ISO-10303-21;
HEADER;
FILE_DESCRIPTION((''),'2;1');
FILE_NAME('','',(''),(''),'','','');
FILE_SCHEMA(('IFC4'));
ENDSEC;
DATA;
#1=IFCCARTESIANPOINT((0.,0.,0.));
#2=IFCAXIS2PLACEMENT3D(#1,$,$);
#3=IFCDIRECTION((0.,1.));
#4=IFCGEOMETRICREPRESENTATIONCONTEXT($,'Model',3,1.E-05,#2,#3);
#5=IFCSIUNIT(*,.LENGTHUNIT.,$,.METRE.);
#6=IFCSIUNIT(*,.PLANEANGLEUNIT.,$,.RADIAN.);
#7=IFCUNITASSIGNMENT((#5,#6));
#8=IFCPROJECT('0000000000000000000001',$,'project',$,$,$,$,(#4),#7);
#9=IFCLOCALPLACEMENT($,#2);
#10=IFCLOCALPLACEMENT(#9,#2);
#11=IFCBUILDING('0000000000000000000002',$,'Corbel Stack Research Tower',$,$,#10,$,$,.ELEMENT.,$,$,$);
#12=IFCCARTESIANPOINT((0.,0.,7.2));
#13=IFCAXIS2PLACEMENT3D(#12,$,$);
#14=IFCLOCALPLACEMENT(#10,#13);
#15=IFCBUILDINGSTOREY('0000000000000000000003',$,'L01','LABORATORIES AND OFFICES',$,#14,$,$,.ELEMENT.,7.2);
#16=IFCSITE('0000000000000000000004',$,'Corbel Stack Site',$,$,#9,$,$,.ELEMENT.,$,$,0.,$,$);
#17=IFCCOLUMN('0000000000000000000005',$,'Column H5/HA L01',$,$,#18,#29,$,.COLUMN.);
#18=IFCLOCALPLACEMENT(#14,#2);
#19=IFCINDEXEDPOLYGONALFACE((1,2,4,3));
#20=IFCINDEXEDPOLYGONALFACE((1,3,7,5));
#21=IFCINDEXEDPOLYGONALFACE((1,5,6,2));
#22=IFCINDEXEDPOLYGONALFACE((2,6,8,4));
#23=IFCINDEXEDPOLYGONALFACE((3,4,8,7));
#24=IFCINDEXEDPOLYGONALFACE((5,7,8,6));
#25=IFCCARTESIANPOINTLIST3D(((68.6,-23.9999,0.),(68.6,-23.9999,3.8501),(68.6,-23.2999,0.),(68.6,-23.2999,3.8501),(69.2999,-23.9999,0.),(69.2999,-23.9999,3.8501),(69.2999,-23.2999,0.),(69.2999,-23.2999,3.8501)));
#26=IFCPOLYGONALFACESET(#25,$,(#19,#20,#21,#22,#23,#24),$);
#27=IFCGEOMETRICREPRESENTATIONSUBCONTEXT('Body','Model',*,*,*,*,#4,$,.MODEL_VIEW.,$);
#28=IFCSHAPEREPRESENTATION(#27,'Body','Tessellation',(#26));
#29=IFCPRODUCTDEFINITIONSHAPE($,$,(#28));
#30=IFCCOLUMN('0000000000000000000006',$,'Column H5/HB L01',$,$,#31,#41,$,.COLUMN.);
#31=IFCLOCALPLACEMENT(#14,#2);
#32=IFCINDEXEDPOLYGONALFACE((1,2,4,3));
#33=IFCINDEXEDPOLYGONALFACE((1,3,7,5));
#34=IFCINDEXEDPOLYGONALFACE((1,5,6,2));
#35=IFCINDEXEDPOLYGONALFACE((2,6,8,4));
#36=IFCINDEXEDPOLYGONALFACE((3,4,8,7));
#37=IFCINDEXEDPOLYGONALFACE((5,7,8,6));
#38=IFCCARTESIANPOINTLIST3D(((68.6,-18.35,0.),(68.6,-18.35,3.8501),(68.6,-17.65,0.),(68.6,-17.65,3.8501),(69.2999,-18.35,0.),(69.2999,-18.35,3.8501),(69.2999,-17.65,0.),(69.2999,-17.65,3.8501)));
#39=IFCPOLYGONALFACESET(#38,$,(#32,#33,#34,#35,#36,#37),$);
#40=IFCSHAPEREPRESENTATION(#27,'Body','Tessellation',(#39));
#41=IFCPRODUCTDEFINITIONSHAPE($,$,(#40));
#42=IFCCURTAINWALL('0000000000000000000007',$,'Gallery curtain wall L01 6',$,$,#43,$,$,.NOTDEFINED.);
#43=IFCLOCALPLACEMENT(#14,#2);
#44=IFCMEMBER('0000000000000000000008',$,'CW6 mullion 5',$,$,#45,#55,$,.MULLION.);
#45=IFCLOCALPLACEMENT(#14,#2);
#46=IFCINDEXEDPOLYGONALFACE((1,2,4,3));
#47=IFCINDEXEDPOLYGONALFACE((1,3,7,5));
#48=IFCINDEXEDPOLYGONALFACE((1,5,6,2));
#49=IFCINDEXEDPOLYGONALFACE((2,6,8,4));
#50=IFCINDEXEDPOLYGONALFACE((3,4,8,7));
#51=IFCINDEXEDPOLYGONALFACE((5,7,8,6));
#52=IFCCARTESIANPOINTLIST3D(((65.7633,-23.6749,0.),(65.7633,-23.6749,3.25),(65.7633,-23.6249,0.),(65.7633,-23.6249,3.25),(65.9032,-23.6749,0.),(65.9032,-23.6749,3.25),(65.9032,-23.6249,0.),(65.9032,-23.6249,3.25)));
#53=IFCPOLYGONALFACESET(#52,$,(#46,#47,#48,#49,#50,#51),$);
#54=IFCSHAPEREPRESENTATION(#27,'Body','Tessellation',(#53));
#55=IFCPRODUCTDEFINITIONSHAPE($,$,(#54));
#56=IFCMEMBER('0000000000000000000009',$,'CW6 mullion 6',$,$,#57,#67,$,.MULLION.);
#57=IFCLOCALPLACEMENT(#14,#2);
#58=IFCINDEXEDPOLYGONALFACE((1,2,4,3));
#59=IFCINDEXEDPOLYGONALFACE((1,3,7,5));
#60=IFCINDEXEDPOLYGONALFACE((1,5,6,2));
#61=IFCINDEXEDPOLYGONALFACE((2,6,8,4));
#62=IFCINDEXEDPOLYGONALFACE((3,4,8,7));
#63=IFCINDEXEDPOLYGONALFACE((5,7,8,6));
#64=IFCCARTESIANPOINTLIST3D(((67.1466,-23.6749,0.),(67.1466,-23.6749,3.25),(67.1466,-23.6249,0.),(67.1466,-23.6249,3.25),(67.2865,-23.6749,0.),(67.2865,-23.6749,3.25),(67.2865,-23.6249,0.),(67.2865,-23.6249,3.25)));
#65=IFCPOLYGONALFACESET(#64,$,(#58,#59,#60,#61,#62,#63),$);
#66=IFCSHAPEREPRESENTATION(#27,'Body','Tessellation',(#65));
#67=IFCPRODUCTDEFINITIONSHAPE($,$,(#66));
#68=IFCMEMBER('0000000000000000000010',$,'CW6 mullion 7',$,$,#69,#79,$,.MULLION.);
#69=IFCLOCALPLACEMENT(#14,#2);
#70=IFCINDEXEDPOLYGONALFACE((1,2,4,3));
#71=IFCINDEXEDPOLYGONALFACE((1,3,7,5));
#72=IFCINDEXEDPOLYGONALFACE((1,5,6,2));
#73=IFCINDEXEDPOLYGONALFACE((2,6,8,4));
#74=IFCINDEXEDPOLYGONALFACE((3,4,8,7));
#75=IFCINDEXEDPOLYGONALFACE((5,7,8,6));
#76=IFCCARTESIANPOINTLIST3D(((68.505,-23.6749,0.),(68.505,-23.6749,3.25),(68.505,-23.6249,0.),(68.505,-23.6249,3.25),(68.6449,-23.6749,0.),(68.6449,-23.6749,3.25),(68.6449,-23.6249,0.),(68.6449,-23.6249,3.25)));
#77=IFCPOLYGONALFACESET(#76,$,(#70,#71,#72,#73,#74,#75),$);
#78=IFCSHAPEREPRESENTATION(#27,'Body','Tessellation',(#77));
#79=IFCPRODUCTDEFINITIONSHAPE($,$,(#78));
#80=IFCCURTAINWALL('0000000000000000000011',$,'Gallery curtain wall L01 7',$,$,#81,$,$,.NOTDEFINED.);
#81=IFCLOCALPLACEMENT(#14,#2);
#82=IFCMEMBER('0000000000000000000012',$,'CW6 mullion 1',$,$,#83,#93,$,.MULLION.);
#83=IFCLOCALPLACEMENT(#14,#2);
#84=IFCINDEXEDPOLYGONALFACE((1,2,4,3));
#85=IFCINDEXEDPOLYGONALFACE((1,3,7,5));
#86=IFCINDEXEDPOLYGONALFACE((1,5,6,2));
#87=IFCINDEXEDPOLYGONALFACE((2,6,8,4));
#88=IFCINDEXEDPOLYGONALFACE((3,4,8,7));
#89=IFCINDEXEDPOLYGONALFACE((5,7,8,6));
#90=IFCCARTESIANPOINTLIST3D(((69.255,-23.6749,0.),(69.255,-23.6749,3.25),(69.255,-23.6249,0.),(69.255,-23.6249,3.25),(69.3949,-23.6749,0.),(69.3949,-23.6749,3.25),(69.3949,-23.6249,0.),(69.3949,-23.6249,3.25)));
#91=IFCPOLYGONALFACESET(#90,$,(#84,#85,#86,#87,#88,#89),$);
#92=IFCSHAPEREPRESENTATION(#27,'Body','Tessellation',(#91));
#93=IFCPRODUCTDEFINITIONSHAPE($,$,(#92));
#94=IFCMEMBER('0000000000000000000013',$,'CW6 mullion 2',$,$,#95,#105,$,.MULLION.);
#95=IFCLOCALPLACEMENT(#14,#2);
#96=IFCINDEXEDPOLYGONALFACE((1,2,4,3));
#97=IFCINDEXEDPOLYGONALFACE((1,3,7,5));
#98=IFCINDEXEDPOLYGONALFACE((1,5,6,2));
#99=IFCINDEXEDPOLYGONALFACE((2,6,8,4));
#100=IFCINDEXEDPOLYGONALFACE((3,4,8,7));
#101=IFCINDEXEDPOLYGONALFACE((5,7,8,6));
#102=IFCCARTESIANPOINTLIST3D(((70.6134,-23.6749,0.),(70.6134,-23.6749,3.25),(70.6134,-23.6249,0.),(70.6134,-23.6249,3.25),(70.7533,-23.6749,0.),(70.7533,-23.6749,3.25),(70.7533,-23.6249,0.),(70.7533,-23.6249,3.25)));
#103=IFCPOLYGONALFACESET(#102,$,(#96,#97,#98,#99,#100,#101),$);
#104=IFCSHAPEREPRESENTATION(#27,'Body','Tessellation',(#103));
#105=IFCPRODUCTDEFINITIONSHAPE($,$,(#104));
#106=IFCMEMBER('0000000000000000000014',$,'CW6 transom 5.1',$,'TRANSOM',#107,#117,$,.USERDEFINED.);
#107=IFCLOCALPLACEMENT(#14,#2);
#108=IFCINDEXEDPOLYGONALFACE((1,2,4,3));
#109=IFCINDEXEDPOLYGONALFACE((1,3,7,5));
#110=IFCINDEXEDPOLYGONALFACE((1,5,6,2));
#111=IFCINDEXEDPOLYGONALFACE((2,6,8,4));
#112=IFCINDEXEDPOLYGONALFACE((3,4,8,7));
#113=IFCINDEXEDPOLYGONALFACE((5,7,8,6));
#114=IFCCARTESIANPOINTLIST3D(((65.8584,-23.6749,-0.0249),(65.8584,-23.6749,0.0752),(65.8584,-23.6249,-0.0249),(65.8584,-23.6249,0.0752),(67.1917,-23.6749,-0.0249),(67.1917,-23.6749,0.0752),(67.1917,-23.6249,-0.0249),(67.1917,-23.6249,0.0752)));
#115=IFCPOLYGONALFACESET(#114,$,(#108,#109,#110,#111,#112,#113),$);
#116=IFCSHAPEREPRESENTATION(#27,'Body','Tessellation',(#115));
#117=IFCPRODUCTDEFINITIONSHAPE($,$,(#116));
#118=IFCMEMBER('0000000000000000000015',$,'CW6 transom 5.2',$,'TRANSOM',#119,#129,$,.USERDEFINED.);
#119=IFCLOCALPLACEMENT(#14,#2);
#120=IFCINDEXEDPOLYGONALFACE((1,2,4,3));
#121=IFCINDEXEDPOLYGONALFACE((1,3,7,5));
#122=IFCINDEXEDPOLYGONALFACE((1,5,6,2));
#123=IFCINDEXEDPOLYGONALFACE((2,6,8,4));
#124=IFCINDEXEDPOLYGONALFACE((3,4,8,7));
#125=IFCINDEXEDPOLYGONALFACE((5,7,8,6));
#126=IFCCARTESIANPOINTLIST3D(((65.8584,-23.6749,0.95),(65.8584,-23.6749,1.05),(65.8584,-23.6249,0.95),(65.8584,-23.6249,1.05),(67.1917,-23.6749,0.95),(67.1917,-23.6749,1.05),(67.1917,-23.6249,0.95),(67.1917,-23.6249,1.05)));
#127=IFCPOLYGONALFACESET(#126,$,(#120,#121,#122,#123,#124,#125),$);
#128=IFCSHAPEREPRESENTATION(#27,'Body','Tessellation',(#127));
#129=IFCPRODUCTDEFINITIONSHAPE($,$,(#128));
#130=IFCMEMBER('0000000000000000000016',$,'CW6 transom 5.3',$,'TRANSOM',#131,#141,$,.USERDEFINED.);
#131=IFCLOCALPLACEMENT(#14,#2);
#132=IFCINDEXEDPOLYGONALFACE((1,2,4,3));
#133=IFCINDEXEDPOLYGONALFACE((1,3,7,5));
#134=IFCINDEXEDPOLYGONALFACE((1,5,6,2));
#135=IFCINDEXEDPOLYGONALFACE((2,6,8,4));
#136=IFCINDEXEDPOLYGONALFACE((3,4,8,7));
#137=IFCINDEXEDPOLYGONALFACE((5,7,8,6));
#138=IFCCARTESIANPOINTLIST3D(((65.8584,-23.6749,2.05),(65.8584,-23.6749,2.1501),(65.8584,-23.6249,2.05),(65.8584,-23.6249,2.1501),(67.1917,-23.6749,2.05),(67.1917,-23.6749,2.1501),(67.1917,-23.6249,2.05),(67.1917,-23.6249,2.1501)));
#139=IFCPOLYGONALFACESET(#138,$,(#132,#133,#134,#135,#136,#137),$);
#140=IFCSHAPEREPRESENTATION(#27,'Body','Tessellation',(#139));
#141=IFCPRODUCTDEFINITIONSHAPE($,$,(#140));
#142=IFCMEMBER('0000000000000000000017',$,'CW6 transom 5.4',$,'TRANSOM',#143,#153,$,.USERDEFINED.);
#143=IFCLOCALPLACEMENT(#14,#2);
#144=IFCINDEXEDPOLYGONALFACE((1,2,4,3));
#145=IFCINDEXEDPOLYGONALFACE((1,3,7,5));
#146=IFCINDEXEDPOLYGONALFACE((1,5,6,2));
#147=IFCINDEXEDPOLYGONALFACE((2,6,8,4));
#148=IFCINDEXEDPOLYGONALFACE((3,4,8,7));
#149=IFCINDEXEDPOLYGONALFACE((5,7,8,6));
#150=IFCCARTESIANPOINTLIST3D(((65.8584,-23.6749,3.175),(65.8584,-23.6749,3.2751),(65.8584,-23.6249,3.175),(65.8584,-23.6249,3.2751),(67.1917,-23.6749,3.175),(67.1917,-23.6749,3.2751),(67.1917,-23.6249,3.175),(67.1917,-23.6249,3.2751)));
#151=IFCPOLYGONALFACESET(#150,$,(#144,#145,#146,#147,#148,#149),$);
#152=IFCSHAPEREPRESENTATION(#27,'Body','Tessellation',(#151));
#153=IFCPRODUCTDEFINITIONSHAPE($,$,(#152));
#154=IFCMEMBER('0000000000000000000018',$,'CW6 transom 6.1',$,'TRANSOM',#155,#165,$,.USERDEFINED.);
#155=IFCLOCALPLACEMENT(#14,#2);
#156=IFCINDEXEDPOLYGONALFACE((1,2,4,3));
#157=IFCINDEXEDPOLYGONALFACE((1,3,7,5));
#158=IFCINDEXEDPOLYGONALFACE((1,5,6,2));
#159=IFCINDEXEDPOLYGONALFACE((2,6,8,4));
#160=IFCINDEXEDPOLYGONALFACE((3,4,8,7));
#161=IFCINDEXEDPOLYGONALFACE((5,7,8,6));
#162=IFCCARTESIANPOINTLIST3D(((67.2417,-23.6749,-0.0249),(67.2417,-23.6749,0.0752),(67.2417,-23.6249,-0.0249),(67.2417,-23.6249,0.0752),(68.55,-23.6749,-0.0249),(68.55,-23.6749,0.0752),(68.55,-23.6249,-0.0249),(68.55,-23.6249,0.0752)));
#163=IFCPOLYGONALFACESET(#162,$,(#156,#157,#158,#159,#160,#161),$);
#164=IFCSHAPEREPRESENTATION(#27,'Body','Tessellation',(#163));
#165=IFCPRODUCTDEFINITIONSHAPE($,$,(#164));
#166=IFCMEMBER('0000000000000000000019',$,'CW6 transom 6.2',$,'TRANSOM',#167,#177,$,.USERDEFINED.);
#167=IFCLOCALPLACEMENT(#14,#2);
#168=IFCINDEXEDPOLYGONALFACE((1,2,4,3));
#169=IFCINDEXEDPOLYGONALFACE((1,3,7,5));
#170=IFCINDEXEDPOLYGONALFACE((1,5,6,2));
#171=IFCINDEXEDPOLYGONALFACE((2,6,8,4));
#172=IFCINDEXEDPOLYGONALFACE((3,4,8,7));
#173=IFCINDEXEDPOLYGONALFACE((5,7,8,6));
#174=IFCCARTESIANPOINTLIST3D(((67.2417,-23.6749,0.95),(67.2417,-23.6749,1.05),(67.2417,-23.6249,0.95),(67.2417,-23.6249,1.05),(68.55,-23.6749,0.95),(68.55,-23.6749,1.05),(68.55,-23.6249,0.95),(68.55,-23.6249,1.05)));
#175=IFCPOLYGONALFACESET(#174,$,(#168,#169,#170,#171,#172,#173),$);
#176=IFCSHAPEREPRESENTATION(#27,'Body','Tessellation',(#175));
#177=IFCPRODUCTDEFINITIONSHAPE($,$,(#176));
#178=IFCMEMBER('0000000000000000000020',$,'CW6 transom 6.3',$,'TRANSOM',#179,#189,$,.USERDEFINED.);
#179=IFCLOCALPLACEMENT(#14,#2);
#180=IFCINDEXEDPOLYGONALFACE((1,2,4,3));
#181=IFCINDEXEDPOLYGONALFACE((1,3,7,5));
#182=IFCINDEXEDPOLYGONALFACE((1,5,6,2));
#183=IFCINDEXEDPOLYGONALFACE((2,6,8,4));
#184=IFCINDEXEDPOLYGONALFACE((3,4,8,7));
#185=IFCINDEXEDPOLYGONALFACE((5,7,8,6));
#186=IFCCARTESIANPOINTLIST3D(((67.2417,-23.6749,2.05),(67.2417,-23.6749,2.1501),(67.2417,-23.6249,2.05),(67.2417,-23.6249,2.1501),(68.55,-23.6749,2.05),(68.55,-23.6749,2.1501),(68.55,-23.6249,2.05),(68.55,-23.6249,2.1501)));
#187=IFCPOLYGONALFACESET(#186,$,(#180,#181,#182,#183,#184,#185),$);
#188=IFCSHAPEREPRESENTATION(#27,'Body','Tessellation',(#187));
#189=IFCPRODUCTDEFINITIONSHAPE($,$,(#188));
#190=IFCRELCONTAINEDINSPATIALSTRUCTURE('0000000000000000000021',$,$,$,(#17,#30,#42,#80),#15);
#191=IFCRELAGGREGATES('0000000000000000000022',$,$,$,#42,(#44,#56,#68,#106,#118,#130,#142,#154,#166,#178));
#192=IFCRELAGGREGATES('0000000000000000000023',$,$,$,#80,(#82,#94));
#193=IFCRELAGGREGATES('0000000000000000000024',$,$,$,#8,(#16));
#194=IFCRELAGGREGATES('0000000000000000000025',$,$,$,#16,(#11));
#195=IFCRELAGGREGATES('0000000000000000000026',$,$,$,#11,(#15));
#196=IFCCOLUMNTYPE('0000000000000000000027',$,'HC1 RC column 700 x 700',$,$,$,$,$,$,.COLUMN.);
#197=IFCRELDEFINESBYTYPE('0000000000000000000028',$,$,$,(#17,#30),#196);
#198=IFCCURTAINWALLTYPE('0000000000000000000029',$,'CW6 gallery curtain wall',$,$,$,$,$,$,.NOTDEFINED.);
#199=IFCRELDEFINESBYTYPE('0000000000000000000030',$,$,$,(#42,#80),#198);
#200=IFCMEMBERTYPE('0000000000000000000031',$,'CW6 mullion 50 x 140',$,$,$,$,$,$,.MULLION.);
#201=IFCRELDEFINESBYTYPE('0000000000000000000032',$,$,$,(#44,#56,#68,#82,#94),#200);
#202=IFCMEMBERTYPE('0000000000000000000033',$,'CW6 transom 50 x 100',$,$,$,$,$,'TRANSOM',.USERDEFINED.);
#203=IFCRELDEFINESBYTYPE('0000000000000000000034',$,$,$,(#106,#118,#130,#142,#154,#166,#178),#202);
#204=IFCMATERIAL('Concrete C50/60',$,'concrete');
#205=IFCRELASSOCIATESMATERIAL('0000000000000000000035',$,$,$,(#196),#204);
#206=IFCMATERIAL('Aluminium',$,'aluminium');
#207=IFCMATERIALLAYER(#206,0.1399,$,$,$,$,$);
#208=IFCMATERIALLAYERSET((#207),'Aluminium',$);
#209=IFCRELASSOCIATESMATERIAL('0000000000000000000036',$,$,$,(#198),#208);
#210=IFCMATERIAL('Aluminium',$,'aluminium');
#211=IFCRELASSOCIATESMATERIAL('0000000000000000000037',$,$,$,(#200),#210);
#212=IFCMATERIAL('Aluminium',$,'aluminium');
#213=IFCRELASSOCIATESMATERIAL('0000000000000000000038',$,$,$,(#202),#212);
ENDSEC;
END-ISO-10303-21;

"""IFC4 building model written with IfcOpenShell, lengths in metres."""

from ifc_helpers import new_model, si_unit, direction, frame, origin, origin_2d, place, context, subcontext, project, spatial, rectangle, extrude, material, layer, layer_set, material_profile, profile_set, type_object, element, aggregate, save


model = new_model("IFC4")

# Units and contexts
model_context = context("Model", 3, precision=1e-05, world=origin(), true_north=direction((0.0, 1.0)))
body_context = subcontext(model_context, "Body", "Model", "MODEL_VIEW")
ifc_project = project(units=[si_unit("LENGTHUNIT", "METRE"), si_unit("PLANEANGLEUNIT", "RADIAN")], contexts=[model_context])

# Site, building, storey
site_placement = place(None, origin())
site = spatial("IfcSite", under=ifc_project, at=site_placement, Name="Corbel Stack Site", CompositionType="ELEMENT", RefElevation=0.0)
building_placement = place(site_placement, origin())
building = spatial("IfcBuilding", under=site, at=building_placement, Name="Corbel Stack Research Tower", CompositionType="ELEMENT")
storey_placement = place(building_placement, frame((0.0, 0.0, 7.2)))
storey = spatial("IfcBuildingStorey", under=building, at=storey_placement, Name="L01", Description="LABORATORIES AND OFFICES", CompositionType="ELEMENT", Elevation=7.2)

# Columns
ifc_material_1 = material(Name="Concrete C50/60", Category="concrete")
ifc_material_profile_1 = material_profile(ifc_material_1, rectangle(XDim=0.7, YDim=0.7, at=origin_2d()), Name="RC 700 x 700")
ifc_profile_set_1 = profile_set([ifc_material_profile_1], Name="Concrete C50/60")
column_type = type_object("IfcColumnType", Name="HC1 RC column 700 x 700", PredefinedType="COLUMN", material=ifc_profile_set_1)
for number, where, z_axis, x_axis, name in (
    (1, (68.95, -23.6499, 0.0), (0.0, 0.0, 1.0), (1.0, 0.0, 0.0), "Column H5/HA L01"),
    (2, (68.95, -18.0, 0.0), (0.0, 0.0, 1.0), (1.0, 0.0, 0.0), "Column H5/HB L01"),
):
    element("IfcColumn", number, at=place(storey_placement, frame(where, z_axis=z_axis, x_axis=x_axis)), inside=storey, type_object=column_type, Name=name, PredefinedType="COLUMN", context=body_context, shape_type="SweptSolid", body=[
        extrude(rectangle(XDim=0.7, YDim=0.7, at=origin_2d()), origin(), (0.0, 0.0, 1.0), 3.8501),
    ])

# Curtain walls, members
ifc_material_2 = material(Name="Aluminium", Category="aluminium")
ifc_layer_1 = layer(ifc_material_2, 0.1399)
ifc_layer_set_1 = layer_set([ifc_layer_1], Name="Aluminium")
curtain_wall_type = type_object("IfcCurtainWallType", Name="CW6 gallery curtain wall", PredefinedType="NOTDEFINED", material=ifc_layer_set_1)
curtain_wall_1_placement = place(storey_placement, origin())
curtain_wall_1 = element("IfcCurtainWall", 3, at=curtain_wall_1_placement, inside=storey, type_object=curtain_wall_type, Name="Gallery curtain wall L01 6", PredefinedType="NOTDEFINED")
ifc_material_3 = material(Name="Aluminium", Category="aluminium")
ifc_material_profile_2 = material_profile(ifc_material_3, rectangle(XDim=0.05, YDim=0.1399, at=origin_2d()), Name="Mullion 50 x 140")
ifc_profile_set_2 = profile_set([ifc_material_profile_2], Name="Aluminium")
member_type_1 = type_object("IfcMemberType", Name="CW6 mullion 50 x 140", PredefinedType="MULLION", material=ifc_profile_set_2)
member_1_placement = place(storey_placement, frame((65.8333, -23.6499, 0.0), z_axis=(0.0, 0.0, 1.0), x_axis=(0.0, 1.0, 0.0)))
member_1 = element("IfcMember", 4, at=member_1_placement, type_object=member_type_1, Name="CW6 mullion 5", PredefinedType="MULLION", context=body_context, shape_type="SweptSolid", body=[
    extrude(rectangle(XDim=0.05, YDim=0.1399, at=origin_2d()), origin(), (0.0, 0.0, 1.0), 3.25),
])
member_2_placement = place(storey_placement, frame((67.2166, -23.6499, 0.0), z_axis=(0.0, 0.0, 1.0), x_axis=(0.0, 1.0, 0.0)))
member_2 = element("IfcMember", 5, at=member_2_placement, type_object=member_type_1, Name="CW6 mullion 6", PredefinedType="MULLION", context=body_context, shape_type="SweptSolid", body=[
    extrude(rectangle(XDim=0.05, YDim=0.1399, at=origin_2d()), origin(), (0.0, 0.0, 1.0), 3.25),
])
member_3_placement = place(storey_placement, frame((68.575, -23.6499, 0.0), z_axis=(0.0, 0.0, 1.0), x_axis=(0.0, 1.0, 0.0)))
member_3 = element("IfcMember", 6, at=member_3_placement, type_object=member_type_1, Name="CW6 mullion 7", PredefinedType="MULLION", context=body_context, shape_type="SweptSolid", body=[
    extrude(rectangle(XDim=0.05, YDim=0.1399, at=origin_2d()), origin(), (0.0, 0.0, 1.0), 3.25),
])
curtain_wall_2_placement = place(storey_placement, origin())
curtain_wall_2 = element("IfcCurtainWall", 7, at=curtain_wall_2_placement, inside=storey, type_object=curtain_wall_type, Name="Gallery curtain wall L01 7", PredefinedType="NOTDEFINED")
member_4_placement = place(storey_placement, frame((69.325, -23.6499, 0.0), z_axis=(0.0, 0.0, 1.0), x_axis=(0.0, 1.0, 0.0)))
member_4 = element("IfcMember", 8, at=member_4_placement, type_object=member_type_1, Name="CW6 mullion 1", PredefinedType="MULLION", context=body_context, shape_type="SweptSolid", body=[
    extrude(rectangle(XDim=0.05, YDim=0.1399, at=origin_2d()), origin(), (0.0, 0.0, 1.0), 3.25),
])
member_5_placement = place(storey_placement, frame((70.6833, -23.6499, 0.0), z_axis=(0.0, 0.0, 1.0), x_axis=(0.0, 1.0, 0.0)))
member_5 = element("IfcMember", 9, at=member_5_placement, type_object=member_type_1, Name="CW6 mullion 2", PredefinedType="MULLION", context=body_context, shape_type="SweptSolid", body=[
    extrude(rectangle(XDim=0.05, YDim=0.1399, at=origin_2d()), origin(), (0.0, 0.0, 1.0), 3.25),
])

# Members
ifc_material_4 = material(Name="Aluminium", Category="aluminium")
ifc_material_profile_3 = material_profile(ifc_material_4, rectangle(XDim=0.05, YDim=0.1001, at=origin_2d()), Name="Transom 50 x 100")
ifc_profile_set_3 = profile_set([ifc_material_profile_3], Name="Aluminium")
member_type_2 = type_object("IfcMemberType", Name="CW6 transom 50 x 100", ElementType="TRANSOM", PredefinedType="USERDEFINED", material=ifc_profile_set_3)
member_6_placement = place(storey_placement, frame((65.8584, -23.6499, 0.0251), z_axis=(1.0, 0.0, 0.0), x_axis=(0.0, 1.0, 0.0)))
member_6 = element("IfcMember", 10, at=member_6_placement, type_object=member_type_2, Name="CW6 transom 5.1", ObjectType="TRANSOM", PredefinedType="USERDEFINED", context=body_context, shape_type="SweptSolid", body=[
    extrude(rectangle(XDim=0.05, YDim=0.1001, at=origin_2d()), origin(), (0.0, 0.0, 1.0), 1.3333),
])
member_7_placement = place(storey_placement, frame((65.8584, -23.6499, 1.0), z_axis=(1.0, 0.0, 0.0), x_axis=(0.0, 1.0, 0.0)))
member_7 = element("IfcMember", 11, at=member_7_placement, type_object=member_type_2, Name="CW6 transom 5.2", ObjectType="TRANSOM", PredefinedType="USERDEFINED", context=body_context, shape_type="SweptSolid", body=[
    extrude(rectangle(XDim=0.05, YDim=0.1001, at=origin_2d()), origin(), (0.0, 0.0, 1.0), 1.3333),
])
member_8_placement = place(storey_placement, frame((65.8584, -23.6499, 2.1001), z_axis=(1.0, 0.0, 0.0), x_axis=(0.0, 1.0, 0.0)))
member_8 = element("IfcMember", 12, at=member_8_placement, type_object=member_type_2, Name="CW6 transom 5.3", ObjectType="TRANSOM", PredefinedType="USERDEFINED", context=body_context, shape_type="SweptSolid", body=[
    extrude(rectangle(XDim=0.05, YDim=0.1001, at=origin_2d()), origin(), (0.0, 0.0, 1.0), 1.3333),
])
member_9_placement = place(storey_placement, frame((65.8584, -23.6499, 3.2251), z_axis=(1.0, 0.0, 0.0), x_axis=(0.0, 1.0, 0.0)))
member_9 = element("IfcMember", 13, at=member_9_placement, type_object=member_type_2, Name="CW6 transom 5.4", ObjectType="TRANSOM", PredefinedType="USERDEFINED", context=body_context, shape_type="SweptSolid", body=[
    extrude(rectangle(XDim=0.05, YDim=0.1001, at=origin_2d()), origin(), (0.0, 0.0, 1.0), 1.3333),
])
member_10_placement = place(storey_placement, frame((67.2417, -23.6499, 0.0251), z_axis=(1.0, 0.0, 0.0), x_axis=(0.0, 1.0, 0.0)))
member_10 = element("IfcMember", 14, at=member_10_placement, type_object=member_type_2, Name="CW6 transom 6.1", ObjectType="TRANSOM", PredefinedType="USERDEFINED", context=body_context, shape_type="SweptSolid", body=[
    extrude(rectangle(XDim=0.05, YDim=0.1001, at=origin_2d()), origin(), (0.0, 0.0, 1.0), 1.3083),
])
member_11_placement = place(storey_placement, frame((67.2417, -23.6499, 1.0), z_axis=(1.0, 0.0, 0.0), x_axis=(0.0, 1.0, 0.0)))
member_11 = element("IfcMember", 15, at=member_11_placement, type_object=member_type_2, Name="CW6 transom 6.2", ObjectType="TRANSOM", PredefinedType="USERDEFINED", context=body_context, shape_type="SweptSolid", body=[
    extrude(rectangle(XDim=0.05, YDim=0.1001, at=origin_2d()), origin(), (0.0, 0.0, 1.0), 1.3083),
])
member_12_placement = place(storey_placement, frame((67.2417, -23.6499, 2.1001), z_axis=(1.0, 0.0, 0.0), x_axis=(0.0, 1.0, 0.0)))
member_12 = element("IfcMember", 16, at=member_12_placement, type_object=member_type_2, Name="CW6 transom 6.3", ObjectType="TRANSOM", PredefinedType="USERDEFINED", context=body_context, shape_type="SweptSolid", body=[
    extrude(rectangle(XDim=0.05, YDim=0.1001, at=origin_2d()), origin(), (0.0, 0.0, 1.0), 1.3083),
])

aggregate(curtain_wall_1, [member_1, member_2, member_3, member_6, member_7, member_8, member_9, member_10, member_11, member_12])
aggregate(curtain_wall_2, [member_4, member_5])

save(model, "model.ifc")
